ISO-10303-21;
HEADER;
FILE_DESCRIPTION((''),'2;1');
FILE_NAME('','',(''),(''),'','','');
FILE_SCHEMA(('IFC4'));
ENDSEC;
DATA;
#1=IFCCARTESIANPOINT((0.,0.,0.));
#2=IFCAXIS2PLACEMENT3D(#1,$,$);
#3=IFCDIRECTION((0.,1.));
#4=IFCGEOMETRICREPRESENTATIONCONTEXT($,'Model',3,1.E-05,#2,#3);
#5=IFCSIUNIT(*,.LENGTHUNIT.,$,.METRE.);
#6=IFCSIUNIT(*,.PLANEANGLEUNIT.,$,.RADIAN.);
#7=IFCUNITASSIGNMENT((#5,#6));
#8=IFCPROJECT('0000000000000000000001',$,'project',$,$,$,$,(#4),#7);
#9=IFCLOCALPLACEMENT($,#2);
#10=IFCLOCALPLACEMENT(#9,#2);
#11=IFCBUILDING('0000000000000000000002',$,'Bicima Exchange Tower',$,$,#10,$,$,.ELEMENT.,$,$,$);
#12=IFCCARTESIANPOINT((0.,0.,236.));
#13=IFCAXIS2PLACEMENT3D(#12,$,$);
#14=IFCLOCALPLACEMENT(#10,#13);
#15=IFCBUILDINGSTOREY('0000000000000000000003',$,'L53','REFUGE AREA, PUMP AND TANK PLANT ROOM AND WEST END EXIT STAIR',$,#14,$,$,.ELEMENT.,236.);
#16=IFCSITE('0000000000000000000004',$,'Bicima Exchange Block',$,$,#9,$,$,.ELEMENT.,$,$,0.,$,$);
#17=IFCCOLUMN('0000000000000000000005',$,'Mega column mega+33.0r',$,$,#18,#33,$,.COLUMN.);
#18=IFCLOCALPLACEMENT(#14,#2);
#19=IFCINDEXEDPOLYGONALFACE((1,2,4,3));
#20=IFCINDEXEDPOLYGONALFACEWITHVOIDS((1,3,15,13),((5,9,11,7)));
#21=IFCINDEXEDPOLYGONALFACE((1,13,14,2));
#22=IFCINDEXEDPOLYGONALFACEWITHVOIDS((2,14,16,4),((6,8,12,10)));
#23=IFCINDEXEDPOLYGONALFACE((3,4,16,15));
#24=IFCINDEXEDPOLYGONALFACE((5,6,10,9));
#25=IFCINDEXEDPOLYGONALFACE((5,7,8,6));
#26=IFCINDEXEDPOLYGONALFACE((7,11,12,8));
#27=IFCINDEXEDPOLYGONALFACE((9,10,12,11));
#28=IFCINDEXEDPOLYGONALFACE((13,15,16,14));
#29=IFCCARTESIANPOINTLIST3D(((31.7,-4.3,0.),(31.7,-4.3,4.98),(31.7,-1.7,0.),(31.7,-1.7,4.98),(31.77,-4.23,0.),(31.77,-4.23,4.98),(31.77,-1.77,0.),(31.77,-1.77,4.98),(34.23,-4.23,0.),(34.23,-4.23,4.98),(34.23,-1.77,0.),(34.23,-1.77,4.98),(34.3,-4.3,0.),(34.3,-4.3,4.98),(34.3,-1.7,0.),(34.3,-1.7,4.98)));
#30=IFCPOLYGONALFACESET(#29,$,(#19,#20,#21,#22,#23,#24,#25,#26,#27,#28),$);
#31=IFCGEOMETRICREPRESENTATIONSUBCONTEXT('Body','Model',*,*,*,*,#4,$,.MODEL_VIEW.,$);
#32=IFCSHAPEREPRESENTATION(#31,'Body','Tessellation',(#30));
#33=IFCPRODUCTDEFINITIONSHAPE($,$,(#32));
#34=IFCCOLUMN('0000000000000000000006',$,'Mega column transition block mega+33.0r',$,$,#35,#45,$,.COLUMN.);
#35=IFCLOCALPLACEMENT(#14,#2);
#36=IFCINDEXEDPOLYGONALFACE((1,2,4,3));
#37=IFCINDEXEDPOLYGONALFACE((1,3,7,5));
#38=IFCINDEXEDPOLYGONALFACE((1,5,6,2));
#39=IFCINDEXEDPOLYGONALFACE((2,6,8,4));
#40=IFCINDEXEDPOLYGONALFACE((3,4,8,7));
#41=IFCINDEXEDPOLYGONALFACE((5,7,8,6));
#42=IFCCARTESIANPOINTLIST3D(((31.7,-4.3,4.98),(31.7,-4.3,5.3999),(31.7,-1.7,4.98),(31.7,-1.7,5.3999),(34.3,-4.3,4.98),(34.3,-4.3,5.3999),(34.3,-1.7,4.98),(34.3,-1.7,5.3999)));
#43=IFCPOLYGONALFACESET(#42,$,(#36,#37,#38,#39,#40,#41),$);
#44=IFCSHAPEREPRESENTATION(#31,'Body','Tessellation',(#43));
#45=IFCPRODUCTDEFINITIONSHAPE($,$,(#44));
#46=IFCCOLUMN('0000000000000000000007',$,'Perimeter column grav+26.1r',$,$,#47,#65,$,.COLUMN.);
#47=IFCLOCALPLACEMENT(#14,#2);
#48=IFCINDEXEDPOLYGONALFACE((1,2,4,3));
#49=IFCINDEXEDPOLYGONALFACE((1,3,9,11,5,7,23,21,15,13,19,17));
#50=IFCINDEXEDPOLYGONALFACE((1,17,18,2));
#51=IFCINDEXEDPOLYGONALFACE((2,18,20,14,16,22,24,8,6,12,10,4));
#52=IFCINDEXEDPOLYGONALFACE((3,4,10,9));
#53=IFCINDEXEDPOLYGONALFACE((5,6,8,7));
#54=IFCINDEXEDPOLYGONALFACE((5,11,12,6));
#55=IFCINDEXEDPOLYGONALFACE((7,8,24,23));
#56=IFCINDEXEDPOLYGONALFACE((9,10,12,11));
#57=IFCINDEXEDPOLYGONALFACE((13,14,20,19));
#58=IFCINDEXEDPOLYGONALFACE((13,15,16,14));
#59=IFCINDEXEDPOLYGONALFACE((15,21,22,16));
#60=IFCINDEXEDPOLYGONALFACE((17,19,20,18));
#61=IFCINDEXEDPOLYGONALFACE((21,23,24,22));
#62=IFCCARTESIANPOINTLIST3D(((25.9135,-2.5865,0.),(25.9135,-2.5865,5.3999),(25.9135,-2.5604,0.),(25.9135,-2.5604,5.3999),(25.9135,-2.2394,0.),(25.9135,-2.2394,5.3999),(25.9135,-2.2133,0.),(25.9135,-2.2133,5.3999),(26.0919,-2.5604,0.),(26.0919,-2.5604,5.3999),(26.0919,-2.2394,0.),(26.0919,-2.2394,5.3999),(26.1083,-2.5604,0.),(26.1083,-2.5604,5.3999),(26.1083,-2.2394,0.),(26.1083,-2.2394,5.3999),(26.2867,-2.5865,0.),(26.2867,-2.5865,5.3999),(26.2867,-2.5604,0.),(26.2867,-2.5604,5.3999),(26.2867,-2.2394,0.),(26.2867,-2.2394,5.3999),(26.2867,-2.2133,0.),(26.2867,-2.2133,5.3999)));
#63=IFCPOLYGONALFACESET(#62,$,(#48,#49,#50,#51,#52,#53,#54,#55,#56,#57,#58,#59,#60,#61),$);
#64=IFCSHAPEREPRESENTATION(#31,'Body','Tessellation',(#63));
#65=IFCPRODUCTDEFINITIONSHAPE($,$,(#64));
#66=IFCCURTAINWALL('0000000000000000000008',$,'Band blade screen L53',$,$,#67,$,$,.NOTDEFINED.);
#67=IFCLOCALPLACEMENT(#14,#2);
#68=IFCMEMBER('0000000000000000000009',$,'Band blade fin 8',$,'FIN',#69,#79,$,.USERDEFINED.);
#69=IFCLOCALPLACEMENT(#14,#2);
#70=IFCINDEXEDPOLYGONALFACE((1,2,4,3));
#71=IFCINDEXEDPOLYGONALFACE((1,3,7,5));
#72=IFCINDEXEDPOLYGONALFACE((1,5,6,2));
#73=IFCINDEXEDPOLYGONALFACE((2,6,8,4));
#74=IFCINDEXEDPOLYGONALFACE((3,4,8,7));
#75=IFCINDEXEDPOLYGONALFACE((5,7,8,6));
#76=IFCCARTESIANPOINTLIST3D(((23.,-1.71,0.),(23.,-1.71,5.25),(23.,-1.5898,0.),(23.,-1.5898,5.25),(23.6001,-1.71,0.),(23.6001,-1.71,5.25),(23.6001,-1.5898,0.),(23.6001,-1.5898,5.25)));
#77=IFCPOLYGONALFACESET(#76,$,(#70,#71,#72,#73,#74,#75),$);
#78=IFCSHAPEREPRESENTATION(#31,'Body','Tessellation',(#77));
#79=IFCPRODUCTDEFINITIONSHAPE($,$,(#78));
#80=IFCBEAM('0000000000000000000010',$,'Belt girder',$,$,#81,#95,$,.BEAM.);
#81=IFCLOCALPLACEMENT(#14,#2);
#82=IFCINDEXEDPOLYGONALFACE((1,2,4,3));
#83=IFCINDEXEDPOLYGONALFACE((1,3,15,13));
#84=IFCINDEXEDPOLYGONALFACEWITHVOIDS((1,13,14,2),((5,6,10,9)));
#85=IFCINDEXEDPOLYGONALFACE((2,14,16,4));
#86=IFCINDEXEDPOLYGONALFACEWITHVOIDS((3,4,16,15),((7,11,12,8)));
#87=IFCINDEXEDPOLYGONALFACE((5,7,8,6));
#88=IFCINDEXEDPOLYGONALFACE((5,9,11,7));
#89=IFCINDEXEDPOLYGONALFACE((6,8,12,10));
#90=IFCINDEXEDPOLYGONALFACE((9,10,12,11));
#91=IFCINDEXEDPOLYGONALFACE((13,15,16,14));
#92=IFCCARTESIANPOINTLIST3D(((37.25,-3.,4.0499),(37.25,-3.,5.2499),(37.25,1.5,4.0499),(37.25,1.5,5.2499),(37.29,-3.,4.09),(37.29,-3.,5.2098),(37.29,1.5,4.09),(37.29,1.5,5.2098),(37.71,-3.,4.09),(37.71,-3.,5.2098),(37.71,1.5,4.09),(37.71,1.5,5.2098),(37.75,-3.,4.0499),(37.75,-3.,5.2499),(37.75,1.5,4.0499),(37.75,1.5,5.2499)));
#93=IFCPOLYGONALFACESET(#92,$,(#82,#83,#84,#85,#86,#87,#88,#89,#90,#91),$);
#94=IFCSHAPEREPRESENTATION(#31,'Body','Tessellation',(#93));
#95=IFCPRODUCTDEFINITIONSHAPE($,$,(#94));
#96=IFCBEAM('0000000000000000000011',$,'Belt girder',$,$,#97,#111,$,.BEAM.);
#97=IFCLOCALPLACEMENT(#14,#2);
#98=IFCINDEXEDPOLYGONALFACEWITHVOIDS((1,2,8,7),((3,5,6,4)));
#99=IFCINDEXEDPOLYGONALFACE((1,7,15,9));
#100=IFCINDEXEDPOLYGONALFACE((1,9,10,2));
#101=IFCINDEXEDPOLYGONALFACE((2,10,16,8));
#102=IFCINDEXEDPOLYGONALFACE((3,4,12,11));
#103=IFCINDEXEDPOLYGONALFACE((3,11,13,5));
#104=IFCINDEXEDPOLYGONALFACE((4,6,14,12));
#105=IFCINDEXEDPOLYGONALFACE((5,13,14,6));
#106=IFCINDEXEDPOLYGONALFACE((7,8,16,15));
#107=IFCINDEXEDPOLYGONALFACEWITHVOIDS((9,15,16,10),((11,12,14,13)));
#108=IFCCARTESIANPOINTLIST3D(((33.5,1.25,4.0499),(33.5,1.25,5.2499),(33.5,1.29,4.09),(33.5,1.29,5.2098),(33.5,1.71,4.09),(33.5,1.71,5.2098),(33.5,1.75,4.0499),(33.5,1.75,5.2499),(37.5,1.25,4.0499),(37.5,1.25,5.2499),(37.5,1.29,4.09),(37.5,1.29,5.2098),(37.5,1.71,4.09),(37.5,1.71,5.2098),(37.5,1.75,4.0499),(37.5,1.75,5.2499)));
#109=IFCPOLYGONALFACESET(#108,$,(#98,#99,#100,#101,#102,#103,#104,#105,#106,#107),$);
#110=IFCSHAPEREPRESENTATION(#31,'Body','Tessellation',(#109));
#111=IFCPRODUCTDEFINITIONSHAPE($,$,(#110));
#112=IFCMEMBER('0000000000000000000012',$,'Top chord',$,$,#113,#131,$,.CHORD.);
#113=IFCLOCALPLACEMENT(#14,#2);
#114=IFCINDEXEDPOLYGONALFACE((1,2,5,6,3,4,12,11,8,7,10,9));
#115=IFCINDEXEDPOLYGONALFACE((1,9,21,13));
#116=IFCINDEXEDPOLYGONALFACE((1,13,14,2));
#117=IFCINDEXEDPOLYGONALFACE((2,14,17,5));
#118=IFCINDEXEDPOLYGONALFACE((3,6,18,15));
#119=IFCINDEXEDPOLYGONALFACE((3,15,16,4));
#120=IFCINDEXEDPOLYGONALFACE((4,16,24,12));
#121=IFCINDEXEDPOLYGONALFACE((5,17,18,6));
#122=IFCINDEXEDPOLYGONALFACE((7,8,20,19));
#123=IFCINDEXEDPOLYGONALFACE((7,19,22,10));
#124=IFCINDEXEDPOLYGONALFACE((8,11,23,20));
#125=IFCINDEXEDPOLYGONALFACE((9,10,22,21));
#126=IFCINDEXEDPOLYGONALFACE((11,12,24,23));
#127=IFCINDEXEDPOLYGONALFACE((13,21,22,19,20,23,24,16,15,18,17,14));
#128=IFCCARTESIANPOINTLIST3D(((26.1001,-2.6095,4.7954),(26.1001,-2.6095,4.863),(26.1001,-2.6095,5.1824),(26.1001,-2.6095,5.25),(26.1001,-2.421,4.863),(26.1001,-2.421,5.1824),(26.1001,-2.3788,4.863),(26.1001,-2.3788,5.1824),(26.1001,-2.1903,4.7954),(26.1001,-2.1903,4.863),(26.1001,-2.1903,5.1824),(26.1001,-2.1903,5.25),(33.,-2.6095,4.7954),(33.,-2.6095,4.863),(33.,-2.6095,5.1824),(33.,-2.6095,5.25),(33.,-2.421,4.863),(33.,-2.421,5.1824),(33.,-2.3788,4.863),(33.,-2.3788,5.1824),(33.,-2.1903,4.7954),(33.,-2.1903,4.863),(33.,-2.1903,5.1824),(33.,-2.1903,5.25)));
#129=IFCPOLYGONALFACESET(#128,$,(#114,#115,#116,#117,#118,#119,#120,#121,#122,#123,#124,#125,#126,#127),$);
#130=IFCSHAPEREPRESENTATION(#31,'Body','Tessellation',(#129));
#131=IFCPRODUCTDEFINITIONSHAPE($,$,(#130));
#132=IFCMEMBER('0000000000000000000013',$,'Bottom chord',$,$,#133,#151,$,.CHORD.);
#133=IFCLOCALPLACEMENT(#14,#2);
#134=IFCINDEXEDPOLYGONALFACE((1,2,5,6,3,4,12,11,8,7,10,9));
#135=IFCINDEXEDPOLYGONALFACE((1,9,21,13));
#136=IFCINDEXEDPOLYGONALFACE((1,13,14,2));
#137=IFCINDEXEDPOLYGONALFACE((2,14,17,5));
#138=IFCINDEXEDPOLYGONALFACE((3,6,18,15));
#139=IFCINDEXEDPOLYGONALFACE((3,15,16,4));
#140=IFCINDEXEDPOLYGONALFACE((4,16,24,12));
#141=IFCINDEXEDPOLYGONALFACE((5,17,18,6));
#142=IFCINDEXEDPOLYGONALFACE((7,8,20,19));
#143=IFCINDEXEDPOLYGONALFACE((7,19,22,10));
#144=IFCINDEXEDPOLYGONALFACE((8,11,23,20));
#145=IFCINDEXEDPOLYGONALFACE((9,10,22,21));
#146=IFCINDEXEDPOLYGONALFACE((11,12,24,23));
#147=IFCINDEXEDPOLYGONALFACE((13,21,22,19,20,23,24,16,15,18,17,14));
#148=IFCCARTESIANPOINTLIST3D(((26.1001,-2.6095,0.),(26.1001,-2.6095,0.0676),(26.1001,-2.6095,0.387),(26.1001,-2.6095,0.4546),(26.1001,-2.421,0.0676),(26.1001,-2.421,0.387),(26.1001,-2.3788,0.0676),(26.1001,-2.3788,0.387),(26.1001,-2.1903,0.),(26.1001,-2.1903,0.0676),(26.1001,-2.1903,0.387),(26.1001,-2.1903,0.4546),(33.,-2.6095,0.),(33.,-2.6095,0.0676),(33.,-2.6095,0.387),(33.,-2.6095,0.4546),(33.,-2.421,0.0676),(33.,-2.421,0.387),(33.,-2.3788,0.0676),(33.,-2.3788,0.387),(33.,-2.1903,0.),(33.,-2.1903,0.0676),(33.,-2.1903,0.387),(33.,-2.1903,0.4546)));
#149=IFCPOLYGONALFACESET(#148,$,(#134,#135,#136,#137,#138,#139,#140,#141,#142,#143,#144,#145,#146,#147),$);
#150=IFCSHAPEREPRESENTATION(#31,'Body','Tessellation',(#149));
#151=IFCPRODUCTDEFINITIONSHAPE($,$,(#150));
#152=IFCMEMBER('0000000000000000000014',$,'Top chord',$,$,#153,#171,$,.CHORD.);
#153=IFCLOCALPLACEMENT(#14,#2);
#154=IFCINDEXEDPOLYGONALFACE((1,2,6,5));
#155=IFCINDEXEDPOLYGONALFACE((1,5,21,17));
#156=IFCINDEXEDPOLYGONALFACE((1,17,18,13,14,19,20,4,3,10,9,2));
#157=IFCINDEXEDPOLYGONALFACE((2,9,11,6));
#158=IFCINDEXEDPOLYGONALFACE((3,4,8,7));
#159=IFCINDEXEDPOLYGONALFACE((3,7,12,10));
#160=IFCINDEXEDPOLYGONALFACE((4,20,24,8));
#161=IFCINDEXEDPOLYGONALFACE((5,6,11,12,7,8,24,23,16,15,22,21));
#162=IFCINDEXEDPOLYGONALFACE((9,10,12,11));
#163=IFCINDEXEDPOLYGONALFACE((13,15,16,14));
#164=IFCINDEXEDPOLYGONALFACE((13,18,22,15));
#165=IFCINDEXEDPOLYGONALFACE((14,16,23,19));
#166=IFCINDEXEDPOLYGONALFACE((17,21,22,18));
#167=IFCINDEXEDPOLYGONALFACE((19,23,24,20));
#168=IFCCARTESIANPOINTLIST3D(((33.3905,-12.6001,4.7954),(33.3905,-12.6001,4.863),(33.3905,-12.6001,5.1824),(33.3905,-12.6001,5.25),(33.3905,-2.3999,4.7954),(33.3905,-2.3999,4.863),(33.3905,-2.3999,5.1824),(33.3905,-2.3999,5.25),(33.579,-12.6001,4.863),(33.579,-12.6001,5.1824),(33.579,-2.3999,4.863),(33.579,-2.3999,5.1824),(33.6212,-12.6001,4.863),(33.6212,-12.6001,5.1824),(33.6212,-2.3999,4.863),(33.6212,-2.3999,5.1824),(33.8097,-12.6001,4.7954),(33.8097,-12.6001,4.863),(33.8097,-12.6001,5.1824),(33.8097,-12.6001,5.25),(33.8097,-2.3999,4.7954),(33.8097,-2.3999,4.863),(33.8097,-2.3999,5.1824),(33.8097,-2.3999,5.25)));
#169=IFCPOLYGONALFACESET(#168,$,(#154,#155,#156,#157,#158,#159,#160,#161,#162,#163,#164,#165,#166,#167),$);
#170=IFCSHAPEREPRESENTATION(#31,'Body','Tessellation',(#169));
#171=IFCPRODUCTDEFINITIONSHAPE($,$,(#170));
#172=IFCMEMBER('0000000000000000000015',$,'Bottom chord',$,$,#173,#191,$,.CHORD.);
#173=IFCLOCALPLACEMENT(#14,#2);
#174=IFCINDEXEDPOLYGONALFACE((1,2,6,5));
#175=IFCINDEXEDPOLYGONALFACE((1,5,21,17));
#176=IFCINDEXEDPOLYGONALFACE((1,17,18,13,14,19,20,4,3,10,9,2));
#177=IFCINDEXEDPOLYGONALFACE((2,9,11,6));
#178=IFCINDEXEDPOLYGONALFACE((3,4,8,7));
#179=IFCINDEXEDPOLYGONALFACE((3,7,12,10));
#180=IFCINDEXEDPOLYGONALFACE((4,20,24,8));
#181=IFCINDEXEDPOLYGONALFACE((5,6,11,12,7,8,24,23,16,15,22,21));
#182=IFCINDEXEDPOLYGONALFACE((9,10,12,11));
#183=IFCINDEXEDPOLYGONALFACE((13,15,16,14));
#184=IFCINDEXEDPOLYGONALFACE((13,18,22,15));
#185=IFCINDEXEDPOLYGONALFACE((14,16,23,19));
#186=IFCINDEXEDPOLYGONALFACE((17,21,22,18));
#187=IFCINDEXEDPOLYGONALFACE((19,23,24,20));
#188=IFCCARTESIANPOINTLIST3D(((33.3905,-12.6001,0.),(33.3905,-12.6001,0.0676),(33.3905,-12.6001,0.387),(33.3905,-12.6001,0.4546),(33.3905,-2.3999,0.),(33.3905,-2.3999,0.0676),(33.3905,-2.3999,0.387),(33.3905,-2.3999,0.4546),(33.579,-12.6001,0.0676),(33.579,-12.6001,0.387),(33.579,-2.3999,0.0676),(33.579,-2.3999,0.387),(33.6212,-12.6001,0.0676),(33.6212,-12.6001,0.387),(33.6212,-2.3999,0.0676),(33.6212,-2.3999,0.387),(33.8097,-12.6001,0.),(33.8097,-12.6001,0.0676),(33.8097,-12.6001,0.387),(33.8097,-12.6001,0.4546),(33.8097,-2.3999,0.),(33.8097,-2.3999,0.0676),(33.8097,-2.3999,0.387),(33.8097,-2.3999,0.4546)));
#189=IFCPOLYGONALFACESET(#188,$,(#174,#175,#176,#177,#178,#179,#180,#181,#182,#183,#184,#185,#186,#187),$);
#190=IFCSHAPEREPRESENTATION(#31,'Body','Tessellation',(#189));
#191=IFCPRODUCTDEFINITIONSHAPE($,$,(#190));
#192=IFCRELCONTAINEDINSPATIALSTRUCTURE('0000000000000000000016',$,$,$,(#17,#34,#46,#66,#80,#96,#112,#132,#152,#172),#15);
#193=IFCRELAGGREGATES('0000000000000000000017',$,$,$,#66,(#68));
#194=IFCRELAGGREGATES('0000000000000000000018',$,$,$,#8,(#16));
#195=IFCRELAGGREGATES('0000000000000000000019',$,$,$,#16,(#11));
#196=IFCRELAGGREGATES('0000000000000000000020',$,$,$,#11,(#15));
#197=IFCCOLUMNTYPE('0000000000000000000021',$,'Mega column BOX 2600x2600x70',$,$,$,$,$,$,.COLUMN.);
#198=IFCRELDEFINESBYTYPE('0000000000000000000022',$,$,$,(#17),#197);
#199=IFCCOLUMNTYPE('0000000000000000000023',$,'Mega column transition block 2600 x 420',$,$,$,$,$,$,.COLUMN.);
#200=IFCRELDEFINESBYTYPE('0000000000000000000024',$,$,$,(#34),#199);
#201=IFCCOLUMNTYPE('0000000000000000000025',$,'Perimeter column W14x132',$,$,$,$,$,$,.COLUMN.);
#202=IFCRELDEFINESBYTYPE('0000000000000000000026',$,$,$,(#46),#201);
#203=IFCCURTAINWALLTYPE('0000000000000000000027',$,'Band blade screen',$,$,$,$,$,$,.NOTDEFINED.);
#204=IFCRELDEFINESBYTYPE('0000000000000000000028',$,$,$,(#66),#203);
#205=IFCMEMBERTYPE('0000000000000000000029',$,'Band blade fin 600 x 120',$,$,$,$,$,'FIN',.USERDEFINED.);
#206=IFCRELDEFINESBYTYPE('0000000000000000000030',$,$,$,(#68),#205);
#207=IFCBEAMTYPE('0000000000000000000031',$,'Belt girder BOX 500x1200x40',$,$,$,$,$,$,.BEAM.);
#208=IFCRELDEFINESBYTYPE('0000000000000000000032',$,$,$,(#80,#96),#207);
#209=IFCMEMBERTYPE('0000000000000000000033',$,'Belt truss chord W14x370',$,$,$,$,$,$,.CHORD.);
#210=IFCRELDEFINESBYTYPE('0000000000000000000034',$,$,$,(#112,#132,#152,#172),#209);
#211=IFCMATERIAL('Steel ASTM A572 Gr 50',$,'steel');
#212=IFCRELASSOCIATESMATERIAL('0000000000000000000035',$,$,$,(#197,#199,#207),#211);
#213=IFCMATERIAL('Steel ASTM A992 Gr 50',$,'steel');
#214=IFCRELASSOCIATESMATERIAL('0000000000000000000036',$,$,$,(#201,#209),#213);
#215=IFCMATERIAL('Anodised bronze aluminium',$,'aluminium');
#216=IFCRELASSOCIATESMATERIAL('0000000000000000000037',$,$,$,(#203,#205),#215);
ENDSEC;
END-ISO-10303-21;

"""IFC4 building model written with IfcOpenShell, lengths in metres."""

from ifc_helpers import new_model, si_unit, direction, frame, origin, origin_2d, place, context, subcontext, project, spatial, rectangle, hollow_rectangle, i_section, extrude, material, material_profile, profile_set, type_object, element, aggregate, save


model = new_model("IFC4")

# Units and contexts
model_context = context("Model", 3, precision=1e-05, world=origin(), true_north=direction((0.0, 1.0)))
body_context = subcontext(model_context, "Body", "Model", "MODEL_VIEW")
ifc_project = project(units=[si_unit("LENGTHUNIT", "METRE"), si_unit("PLANEANGLEUNIT", "RADIAN")], contexts=[model_context])

# Site, building, storey
site_placement = place(None, origin())
site = spatial("IfcSite", under=ifc_project, at=site_placement, Name="Bicima Exchange Block", CompositionType="ELEMENT", RefElevation=0.0)
building_placement = place(site_placement, origin())
building = spatial("IfcBuilding", under=site, at=building_placement, Name="Bicima Exchange Tower", CompositionType="ELEMENT")
storey_placement = place(building_placement, frame((0.0, 0.0, 236.0)))
storey = spatial("IfcBuildingStorey", under=building, at=storey_placement, Name="L53", Description="REFUGE AREA, PUMP AND TANK PLANT ROOM AND WEST END EXIT STAIR", CompositionType="ELEMENT", Elevation=236.0)

# Columns
ifc_material_1 = material(Name="Steel ASTM A572 Gr 50", Category="steel")
ifc_material_profile_1 = material_profile(ifc_material_1, hollow_rectangle(XDim=2.6001, YDim=2.6001, WallThickness=0.0701, at=origin_2d()))
ifc_profile_set_1 = profile_set([ifc_material_profile_1], Name="Steel ASTM A572 Gr 50")
column_type_1 = type_object("IfcColumnType", Name="Mega column BOX 2600x2600x70", PredefinedType="COLUMN", material=ifc_profile_set_1)
column_1_placement = place(storey_placement, frame((33.0, -3.0, 0.0), z_axis=(0.0, 0.0, 1.0), x_axis=(1.0, 0.0, 0.0)))
element("IfcColumn", 1, at=column_1_placement, inside=storey, type_object=column_type_1, Name="Mega column mega+33.0r", PredefinedType="COLUMN", context=body_context, shape_type="SweptSolid", body=[
    extrude(hollow_rectangle(XDim=2.6001, YDim=2.6001, WallThickness=0.0701, at=origin_2d()), origin(), (0.0, 0.0, 1.0), 4.98),
])
ifc_material_profile_2 = material_profile(ifc_material_1, rectangle(XDim=2.6001, YDim=2.6001, at=origin_2d()))
ifc_profile_set_2 = profile_set([ifc_material_profile_2], Name="Steel ASTM A572 Gr 50")
column_type_2 = type_object("IfcColumnType", Name="Mega column transition block 2600 x 420", PredefinedType="COLUMN", material=ifc_profile_set_2)
column_2_placement = place(storey_placement, frame((33.0, -3.0, 4.98), z_axis=(0.0, 0.0, 1.0), x_axis=(1.0, 0.0, 0.0)))
element("IfcColumn", 2, at=column_2_placement, inside=storey, type_object=column_type_2, Name="Mega column transition block mega+33.0r", PredefinedType="COLUMN", context=body_context, shape_type="SweptSolid", body=[
    extrude(rectangle(XDim=2.6001, YDim=2.6001, at=origin_2d()), origin(), (0.0, 0.0, 1.0), 0.4199),
])
ifc_material_2 = material(Name="Steel ASTM A992 Gr 50", Category="steel")
ifc_material_profile_3 = material_profile(ifc_material_2, i_section(OverallWidth=0.3733, OverallDepth=0.3733, WebThickness=0.0164, FlangeThickness=0.0261, at=origin_2d()))
ifc_profile_set_3 = profile_set([ifc_material_profile_3], Name="Steel ASTM A992 Gr 50")
column_type_3 = type_object("IfcColumnType", Name="Perimeter column W14x132", PredefinedType="COLUMN", material=ifc_profile_set_3)
column_3_placement = place(storey_placement, frame((26.1001, -2.3999, 0.0), z_axis=(0.0, 0.0, 1.0), x_axis=(1.0, 0.0, 0.0)))
element("IfcColumn", 3, at=column_3_placement, inside=storey, type_object=column_type_3, Name="Perimeter column grav+26.1r", PredefinedType="COLUMN", context=body_context, shape_type="SweptSolid", body=[
    extrude(i_section(OverallWidth=0.3733, OverallDepth=0.3733, WebThickness=0.0164, FlangeThickness=0.0261, at=origin_2d()), origin(), (0.0, 0.0, 1.0), 5.3999),
])

# Curtain wall, member
ifc_material_3 = material(Name="Anodised bronze aluminium", Category="aluminium")
curtain_wall_type = type_object("IfcCurtainWallType", Name="Band blade screen", PredefinedType="NOTDEFINED", material=ifc_material_3)
curtain_wall_placement = place(storey_placement, origin())
curtain_wall = element("IfcCurtainWall", 4, at=curtain_wall_placement, inside=storey, type_object=curtain_wall_type, Name="Band blade screen L53", PredefinedType="NOTDEFINED")
ifc_material_profile_4 = material_profile(ifc_material_3, rectangle(XDim=0.6001, YDim=0.1201, at=origin_2d()))
ifc_profile_set_4 = profile_set([ifc_material_profile_4], Name="Anodised bronze aluminium")
member_type_1 = type_object("IfcMemberType", Name="Band blade fin 600 x 120", ElementType="FIN", PredefinedType="USERDEFINED", material=ifc_profile_set_4)
member_1_placement = place(storey_placement, frame((23.3, -1.6499, 0.0), z_axis=(0.0, 0.0, 1.0), x_axis=(-1.0, 0.0, 0.0)))
member_1 = element("IfcMember", 5, at=member_1_placement, type_object=member_type_1, Name="Band blade fin 8", ObjectType="FIN", PredefinedType="USERDEFINED", context=body_context, shape_type="SweptSolid", body=[
    extrude(rectangle(XDim=0.6001, YDim=0.1201, at=origin_2d()), origin(), (0.0, 0.0, 1.0), 5.25),
])
aggregate(curtain_wall, [member_1])

# Beams
ifc_material_profile_5 = material_profile(ifc_material_1, hollow_rectangle(XDim=0.5, YDim=1.2, WallThickness=0.04, at=origin_2d()))
ifc_profile_set_5 = profile_set([ifc_material_profile_5], Name="Steel ASTM A572 Gr 50")
beam_type_1 = type_object("IfcBeamType", Name="Belt girder BOX 500x1200x40", PredefinedType="BEAM", material=ifc_profile_set_5)
beam_1_placement = place(storey_placement, frame((37.5, -3.0, 4.6499), z_axis=(0.0, 1.0, 0.0), x_axis=(-1.0, 0.0, 0.0)))
element("IfcBeam", 6, at=beam_1_placement, inside=storey, type_object=beam_type_1, Name="Belt girder", PredefinedType="BEAM", context=body_context, shape_type="SweptSolid", body=[
    extrude(hollow_rectangle(XDim=0.5, YDim=1.2, WallThickness=0.04, at=origin_2d()), origin(), (0.0, 0.0, 1.0), 4.5),
])
beam_2_placement = place(storey_placement, frame((37.5, 1.5, 4.6499), z_axis=(-1.0, 0.0, 0.0), x_axis=(0.0, -1.0, 0.0)))
element("IfcBeam", 7, at=beam_2_placement, inside=storey, type_object=beam_type_1, Name="Belt girder", PredefinedType="BEAM", context=body_context, shape_type="SweptSolid", body=[
    extrude(hollow_rectangle(XDim=0.5, YDim=1.2, WallThickness=0.04, at=origin_2d()), origin(), (0.0, 0.0, 1.0), 4.0),
])

# Members
ifc_material_profile_6 = material_profile(ifc_material_2, i_section(OverallWidth=0.4192, OverallDepth=0.4546, WebThickness=0.0422, FlangeThickness=0.0676, at=origin_2d()))
ifc_profile_set_6 = profile_set([ifc_material_profile_6], Name="Steel ASTM A992 Gr 50")
member_type_2 = type_object("IfcMemberType", Name="Belt truss chord W14x370", PredefinedType="CHORD", material=ifc_profile_set_6)
for number, where, z_axis, x_axis, name in (
    (8, (26.1001, -2.3999, 5.0227), (1.0, 0.0, 0.0), (0.0, 1.0, 0.0), "Top chord"),
    (9, (26.1001, -2.3999, 0.2273), (1.0, 0.0, 0.0), (0.0, 1.0, 0.0), "Bottom chord"),
):
    element("IfcMember", number, at=place(storey_placement, frame(where, z_axis=z_axis, x_axis=x_axis)), inside=storey, type_object=member_type_2, Name=name, PredefinedType="CHORD", context=body_context, shape_type="SweptSolid", body=[
        extrude(i_section(OverallWidth=0.4192, OverallDepth=0.4546, WebThickness=0.0422, FlangeThickness=0.0676, at=origin_2d()), origin(), (0.0, 0.0, 1.0), 6.8999),
    ])
for number, where, z_axis, x_axis, name in (
    (10, (33.6001, -2.3999, 5.0227), (0.0, -1.0, 0.0), (1.0, 0.0, 0.0), "Top chord"),
    (11, (33.6001, -2.3999, 0.2273), (0.0, -1.0, 0.0), (1.0, 0.0, 0.0), "Bottom chord"),
):
    element("IfcMember", number, at=place(storey_placement, frame(where, z_axis=z_axis, x_axis=x_axis)), inside=storey, type_object=member_type_2, Name=name, PredefinedType="CHORD", context=body_context, shape_type="SweptSolid", body=[
        extrude(i_section(OverallWidth=0.4192, OverallDepth=0.4546, WebThickness=0.0422, FlangeThickness=0.0676, at=origin_2d()), origin(), (0.0, 0.0, 1.0), 10.2002),
    ])

save(model, "model.ifc")
